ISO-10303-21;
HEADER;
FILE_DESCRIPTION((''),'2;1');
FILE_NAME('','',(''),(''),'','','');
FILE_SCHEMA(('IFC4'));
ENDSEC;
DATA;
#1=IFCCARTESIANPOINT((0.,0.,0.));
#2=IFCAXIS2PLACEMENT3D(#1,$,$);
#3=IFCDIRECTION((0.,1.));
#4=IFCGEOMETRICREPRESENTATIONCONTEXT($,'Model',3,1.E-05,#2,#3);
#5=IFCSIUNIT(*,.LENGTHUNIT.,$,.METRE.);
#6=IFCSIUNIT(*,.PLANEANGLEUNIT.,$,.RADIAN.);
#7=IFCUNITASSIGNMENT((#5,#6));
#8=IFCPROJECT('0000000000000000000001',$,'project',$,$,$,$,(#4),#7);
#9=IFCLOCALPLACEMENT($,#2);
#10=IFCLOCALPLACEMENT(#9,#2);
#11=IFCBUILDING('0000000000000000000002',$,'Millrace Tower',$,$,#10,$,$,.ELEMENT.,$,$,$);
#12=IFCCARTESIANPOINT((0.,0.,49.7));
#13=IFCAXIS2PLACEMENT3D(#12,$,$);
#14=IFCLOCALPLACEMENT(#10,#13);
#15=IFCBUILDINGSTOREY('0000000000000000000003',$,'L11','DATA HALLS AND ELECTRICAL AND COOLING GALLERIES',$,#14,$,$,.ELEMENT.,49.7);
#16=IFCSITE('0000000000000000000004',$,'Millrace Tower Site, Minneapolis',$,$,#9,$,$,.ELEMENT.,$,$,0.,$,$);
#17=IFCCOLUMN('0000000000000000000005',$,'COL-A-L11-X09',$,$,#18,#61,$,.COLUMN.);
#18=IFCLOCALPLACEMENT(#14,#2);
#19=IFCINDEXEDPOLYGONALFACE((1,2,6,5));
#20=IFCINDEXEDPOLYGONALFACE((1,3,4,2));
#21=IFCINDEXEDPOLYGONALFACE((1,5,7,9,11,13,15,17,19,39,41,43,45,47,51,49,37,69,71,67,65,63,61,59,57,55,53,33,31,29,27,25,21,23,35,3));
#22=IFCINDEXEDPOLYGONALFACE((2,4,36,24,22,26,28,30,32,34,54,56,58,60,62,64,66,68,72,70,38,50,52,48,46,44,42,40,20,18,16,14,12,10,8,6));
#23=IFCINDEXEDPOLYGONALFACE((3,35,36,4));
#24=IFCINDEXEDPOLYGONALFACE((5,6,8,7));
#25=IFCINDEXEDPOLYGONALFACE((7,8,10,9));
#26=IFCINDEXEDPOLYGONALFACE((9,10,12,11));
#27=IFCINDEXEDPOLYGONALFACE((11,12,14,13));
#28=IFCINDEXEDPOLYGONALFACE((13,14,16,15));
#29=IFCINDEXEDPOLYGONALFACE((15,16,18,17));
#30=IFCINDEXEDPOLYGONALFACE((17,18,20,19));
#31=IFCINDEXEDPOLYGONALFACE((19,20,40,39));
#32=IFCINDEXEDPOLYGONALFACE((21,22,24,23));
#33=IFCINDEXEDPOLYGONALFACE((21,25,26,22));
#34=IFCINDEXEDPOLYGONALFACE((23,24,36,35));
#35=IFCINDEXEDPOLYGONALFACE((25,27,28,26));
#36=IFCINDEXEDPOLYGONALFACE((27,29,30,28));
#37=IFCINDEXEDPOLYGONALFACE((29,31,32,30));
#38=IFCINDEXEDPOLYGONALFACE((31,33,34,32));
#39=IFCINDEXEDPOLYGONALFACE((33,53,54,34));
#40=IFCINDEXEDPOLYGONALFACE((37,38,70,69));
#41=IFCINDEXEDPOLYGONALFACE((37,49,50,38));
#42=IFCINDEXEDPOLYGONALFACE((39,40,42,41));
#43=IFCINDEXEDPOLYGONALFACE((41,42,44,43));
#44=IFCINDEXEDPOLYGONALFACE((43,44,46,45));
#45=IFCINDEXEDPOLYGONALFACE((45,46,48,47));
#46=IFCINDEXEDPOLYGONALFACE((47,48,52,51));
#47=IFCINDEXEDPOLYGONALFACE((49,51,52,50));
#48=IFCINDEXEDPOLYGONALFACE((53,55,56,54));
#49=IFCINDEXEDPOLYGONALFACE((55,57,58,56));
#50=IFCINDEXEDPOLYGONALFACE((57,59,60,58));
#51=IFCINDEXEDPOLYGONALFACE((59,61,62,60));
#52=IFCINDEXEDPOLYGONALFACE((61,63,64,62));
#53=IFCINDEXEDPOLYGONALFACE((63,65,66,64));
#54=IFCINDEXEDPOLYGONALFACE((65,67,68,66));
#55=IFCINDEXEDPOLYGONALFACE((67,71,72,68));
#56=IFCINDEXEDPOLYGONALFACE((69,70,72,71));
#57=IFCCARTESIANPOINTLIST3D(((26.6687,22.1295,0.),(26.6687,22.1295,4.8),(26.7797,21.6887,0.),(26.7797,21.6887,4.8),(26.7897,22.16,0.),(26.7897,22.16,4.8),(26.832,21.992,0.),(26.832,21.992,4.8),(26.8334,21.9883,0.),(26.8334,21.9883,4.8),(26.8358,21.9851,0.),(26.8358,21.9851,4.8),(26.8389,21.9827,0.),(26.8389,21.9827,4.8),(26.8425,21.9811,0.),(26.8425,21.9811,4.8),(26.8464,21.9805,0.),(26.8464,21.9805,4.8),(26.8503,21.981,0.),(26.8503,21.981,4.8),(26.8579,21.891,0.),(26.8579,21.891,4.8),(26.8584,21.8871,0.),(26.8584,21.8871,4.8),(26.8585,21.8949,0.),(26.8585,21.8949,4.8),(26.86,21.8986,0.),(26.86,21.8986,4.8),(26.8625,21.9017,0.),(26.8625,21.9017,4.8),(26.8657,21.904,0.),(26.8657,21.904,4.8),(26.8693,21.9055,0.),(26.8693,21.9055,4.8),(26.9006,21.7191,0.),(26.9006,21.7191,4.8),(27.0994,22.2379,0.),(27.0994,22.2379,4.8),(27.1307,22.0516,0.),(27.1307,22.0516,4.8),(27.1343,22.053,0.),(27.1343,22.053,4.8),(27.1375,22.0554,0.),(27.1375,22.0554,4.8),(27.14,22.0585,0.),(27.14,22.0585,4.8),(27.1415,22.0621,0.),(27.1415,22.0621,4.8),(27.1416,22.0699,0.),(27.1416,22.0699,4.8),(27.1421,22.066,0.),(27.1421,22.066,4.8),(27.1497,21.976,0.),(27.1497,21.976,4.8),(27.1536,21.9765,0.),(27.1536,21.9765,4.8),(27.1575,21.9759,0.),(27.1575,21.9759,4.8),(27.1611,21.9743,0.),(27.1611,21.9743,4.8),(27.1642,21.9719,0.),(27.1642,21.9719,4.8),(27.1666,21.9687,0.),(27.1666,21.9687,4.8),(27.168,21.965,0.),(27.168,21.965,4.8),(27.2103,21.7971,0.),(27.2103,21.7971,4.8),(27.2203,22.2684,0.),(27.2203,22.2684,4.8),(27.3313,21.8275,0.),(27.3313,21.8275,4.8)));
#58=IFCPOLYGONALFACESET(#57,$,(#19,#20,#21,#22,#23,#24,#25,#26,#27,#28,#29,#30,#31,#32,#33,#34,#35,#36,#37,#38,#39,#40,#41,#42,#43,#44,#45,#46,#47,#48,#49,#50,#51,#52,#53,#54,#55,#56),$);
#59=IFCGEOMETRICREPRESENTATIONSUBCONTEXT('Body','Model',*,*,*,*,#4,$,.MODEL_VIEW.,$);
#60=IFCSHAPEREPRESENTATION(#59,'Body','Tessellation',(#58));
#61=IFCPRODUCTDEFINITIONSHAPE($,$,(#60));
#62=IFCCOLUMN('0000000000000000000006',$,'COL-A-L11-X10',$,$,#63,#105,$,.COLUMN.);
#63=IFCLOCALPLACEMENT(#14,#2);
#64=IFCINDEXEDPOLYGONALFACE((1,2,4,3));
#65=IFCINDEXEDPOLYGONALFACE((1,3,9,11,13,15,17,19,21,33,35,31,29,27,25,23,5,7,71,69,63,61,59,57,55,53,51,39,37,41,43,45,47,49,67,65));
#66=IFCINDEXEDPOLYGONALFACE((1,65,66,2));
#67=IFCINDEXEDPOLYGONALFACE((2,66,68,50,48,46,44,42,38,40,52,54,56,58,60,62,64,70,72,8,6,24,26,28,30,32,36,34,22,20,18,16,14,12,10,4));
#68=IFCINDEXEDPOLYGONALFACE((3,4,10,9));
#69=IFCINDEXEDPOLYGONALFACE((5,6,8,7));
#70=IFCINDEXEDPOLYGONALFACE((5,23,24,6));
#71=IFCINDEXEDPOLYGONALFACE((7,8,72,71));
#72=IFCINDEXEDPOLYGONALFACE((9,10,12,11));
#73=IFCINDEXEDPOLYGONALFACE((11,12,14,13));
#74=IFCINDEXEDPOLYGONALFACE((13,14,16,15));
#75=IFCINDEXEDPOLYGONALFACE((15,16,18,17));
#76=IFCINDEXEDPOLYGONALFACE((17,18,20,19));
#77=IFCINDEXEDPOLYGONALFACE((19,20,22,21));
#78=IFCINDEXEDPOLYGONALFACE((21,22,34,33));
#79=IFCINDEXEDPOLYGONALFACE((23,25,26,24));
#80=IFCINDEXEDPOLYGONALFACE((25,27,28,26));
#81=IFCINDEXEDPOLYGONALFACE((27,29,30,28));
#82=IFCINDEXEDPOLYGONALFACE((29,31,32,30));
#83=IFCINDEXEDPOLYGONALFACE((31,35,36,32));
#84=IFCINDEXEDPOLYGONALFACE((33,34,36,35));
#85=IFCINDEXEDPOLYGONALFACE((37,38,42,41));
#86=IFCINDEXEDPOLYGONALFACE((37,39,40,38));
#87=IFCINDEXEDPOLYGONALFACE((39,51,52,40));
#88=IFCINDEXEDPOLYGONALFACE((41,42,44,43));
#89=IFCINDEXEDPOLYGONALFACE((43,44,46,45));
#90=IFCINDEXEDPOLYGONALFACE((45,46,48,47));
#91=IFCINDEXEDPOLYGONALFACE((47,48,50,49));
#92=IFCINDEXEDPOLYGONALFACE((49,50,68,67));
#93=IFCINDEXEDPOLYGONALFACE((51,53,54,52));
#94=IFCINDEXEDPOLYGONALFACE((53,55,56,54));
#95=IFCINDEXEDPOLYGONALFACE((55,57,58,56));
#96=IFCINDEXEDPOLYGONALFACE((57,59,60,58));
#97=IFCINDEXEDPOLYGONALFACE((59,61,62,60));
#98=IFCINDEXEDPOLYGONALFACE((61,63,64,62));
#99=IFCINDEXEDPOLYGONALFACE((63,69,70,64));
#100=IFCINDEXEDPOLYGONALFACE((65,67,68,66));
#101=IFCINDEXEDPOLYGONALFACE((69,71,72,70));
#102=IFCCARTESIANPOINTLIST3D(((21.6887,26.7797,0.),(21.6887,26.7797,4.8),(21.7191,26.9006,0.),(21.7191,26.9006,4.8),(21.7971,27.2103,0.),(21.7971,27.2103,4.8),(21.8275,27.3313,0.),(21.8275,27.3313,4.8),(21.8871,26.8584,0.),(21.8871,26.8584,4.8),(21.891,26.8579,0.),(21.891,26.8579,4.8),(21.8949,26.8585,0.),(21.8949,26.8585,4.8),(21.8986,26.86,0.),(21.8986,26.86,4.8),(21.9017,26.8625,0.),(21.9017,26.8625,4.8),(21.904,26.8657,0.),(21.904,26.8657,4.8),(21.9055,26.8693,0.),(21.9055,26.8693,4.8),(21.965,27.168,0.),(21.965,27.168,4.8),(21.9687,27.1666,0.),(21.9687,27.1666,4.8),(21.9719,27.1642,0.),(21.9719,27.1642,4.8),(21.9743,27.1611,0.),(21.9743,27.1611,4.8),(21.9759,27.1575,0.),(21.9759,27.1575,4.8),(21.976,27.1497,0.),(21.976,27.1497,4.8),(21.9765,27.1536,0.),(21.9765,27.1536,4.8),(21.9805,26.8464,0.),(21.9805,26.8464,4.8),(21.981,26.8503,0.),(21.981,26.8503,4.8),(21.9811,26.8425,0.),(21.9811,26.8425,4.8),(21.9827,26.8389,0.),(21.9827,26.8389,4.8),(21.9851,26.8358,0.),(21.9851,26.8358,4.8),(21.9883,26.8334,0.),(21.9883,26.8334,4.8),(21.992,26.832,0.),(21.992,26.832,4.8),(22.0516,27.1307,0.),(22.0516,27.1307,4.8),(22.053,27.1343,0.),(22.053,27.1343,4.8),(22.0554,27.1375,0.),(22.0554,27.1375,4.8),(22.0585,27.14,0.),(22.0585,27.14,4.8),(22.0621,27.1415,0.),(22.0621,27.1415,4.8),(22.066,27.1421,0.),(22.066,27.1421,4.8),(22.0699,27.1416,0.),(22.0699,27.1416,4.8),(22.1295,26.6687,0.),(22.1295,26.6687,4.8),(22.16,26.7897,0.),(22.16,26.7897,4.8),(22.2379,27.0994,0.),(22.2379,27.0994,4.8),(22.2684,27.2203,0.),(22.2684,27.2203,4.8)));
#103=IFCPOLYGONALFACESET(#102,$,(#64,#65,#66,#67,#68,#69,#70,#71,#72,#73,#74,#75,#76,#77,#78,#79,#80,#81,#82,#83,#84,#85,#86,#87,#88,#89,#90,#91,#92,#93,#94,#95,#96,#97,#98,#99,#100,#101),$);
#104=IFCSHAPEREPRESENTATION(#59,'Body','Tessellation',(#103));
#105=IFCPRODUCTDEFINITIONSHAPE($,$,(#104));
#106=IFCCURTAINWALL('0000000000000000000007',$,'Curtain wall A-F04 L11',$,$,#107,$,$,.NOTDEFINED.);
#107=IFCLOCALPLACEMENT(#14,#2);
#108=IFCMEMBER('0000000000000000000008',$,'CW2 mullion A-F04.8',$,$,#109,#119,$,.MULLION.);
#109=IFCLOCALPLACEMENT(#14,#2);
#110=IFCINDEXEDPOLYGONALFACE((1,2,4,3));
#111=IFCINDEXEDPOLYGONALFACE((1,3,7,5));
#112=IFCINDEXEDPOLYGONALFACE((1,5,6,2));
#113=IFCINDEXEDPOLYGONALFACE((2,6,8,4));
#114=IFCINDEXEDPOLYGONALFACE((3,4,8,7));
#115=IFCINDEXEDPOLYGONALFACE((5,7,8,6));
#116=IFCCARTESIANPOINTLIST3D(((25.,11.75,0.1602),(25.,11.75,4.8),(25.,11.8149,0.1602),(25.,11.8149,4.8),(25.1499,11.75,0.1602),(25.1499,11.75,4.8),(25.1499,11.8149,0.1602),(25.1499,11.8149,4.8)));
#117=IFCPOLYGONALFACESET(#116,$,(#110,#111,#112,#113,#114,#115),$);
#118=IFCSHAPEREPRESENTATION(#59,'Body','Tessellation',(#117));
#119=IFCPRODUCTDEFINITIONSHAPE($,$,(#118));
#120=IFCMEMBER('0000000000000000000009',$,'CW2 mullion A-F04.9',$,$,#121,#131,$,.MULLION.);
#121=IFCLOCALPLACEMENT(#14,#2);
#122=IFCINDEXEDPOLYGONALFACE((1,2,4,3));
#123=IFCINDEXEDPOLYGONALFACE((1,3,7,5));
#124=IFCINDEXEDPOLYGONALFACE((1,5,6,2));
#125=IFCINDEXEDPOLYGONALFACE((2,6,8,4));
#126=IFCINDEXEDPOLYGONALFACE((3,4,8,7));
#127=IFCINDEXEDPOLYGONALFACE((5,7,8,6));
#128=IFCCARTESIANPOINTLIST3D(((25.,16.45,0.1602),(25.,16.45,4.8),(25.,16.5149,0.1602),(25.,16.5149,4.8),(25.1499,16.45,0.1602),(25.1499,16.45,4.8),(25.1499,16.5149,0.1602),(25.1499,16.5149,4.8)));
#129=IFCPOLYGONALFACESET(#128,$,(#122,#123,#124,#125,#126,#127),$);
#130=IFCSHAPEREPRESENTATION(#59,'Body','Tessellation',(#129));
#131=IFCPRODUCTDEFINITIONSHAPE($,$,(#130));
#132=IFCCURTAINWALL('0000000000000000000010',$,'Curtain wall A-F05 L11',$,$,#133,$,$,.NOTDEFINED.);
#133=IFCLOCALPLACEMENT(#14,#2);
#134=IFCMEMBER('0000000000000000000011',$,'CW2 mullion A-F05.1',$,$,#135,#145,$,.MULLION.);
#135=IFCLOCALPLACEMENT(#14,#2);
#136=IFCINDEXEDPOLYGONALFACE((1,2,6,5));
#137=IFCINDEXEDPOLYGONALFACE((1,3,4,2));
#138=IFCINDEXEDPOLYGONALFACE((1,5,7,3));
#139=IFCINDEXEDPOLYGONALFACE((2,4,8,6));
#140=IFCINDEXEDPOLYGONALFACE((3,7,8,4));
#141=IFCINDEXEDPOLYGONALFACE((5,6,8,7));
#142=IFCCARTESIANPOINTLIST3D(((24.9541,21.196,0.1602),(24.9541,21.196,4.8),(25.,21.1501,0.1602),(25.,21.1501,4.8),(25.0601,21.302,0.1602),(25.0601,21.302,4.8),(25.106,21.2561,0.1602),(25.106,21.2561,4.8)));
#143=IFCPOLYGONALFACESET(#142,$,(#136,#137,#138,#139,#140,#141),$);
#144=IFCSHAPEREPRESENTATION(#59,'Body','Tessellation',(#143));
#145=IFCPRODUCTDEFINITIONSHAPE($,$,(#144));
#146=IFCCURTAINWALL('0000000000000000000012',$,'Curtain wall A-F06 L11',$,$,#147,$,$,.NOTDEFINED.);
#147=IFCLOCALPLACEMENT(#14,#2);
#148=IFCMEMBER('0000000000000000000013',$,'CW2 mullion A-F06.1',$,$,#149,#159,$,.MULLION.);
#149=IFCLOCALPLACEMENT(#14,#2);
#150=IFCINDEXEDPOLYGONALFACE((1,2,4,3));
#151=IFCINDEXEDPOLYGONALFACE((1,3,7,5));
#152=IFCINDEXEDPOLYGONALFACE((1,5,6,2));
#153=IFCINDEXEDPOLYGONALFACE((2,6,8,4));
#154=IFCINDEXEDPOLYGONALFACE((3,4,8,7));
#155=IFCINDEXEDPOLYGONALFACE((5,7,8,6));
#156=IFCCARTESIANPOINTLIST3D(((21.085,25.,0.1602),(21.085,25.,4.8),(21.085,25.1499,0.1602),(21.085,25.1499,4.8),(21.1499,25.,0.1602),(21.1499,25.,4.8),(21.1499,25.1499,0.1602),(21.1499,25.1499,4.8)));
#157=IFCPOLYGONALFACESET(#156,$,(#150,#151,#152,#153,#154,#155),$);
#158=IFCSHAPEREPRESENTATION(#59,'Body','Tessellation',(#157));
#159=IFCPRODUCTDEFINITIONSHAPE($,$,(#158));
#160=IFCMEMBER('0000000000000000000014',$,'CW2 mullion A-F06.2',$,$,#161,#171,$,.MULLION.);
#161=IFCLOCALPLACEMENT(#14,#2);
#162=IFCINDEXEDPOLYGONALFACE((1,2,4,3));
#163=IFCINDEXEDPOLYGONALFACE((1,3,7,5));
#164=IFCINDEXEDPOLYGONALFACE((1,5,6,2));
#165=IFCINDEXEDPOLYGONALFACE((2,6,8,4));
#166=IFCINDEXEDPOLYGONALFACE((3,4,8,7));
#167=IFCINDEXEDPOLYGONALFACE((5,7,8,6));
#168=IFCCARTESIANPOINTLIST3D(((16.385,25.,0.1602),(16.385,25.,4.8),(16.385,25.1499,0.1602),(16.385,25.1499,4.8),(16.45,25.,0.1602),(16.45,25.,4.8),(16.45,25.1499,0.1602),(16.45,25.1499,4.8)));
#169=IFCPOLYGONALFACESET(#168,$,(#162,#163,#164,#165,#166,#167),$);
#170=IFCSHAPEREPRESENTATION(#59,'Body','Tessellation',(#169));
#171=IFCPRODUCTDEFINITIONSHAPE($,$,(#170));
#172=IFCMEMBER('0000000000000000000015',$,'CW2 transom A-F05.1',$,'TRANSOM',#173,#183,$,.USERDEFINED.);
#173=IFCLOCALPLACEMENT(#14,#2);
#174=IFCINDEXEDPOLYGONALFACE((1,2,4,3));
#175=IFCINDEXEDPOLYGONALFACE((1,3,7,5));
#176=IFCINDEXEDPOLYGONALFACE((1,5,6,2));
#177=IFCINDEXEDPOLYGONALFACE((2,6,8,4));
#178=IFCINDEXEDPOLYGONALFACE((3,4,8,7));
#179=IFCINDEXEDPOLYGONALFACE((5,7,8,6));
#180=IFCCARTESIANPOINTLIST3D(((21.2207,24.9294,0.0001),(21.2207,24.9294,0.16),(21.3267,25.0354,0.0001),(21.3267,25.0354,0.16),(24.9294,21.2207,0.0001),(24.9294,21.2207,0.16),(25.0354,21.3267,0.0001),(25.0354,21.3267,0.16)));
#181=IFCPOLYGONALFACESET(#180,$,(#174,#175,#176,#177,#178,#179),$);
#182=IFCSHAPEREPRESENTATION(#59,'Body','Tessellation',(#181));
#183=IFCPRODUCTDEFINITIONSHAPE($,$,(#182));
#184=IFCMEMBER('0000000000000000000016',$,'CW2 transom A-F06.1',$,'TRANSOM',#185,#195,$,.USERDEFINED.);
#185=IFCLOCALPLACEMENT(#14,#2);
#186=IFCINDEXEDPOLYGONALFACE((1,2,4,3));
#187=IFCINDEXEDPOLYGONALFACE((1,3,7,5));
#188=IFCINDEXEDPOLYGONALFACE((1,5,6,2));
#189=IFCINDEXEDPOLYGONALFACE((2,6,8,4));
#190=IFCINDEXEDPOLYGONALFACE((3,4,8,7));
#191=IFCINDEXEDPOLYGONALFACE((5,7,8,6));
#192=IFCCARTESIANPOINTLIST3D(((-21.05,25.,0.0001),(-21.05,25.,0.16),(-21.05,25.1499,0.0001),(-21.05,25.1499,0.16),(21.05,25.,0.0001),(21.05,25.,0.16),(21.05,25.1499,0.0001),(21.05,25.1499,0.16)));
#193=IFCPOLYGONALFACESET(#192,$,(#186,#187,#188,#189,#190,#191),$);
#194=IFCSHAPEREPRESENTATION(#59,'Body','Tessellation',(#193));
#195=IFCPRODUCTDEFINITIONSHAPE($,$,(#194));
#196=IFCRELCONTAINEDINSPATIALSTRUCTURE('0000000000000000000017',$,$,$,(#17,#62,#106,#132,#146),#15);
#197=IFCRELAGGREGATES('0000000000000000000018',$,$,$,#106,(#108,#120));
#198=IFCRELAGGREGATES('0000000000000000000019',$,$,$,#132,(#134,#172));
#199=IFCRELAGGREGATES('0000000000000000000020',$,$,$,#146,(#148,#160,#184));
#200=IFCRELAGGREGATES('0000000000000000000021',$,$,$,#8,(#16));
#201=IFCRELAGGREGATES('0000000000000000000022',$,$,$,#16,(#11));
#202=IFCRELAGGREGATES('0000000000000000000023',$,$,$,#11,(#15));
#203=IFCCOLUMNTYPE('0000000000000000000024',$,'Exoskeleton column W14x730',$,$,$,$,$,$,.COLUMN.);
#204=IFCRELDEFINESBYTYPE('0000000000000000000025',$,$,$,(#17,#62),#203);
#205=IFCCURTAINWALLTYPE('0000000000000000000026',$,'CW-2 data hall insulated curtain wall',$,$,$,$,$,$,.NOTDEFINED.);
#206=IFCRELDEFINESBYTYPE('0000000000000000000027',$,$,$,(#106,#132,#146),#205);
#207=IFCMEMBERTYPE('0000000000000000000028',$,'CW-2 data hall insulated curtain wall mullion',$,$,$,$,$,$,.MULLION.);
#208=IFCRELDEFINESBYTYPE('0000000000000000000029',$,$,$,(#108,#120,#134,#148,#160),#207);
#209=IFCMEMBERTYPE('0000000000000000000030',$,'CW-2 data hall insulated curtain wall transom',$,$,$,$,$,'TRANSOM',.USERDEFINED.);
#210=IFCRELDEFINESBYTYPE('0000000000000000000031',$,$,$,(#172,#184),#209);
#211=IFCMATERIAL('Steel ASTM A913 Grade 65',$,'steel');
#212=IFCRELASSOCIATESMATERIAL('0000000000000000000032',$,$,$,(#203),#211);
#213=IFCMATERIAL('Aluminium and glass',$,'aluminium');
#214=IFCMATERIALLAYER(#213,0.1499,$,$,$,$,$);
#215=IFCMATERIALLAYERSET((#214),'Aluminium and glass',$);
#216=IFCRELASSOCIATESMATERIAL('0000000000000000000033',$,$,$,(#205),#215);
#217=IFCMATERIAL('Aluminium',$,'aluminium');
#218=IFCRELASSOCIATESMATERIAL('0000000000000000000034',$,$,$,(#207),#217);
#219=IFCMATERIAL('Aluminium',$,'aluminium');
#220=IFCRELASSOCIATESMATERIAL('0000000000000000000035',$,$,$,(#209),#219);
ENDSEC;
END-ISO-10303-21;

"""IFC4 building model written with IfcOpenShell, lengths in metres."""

from ifc_helpers import new_model, si_unit, direction, frame, origin, origin_2d, place, context, subcontext, project, spatial, rectangle, i_section, extrude, material, layer, layer_set, material_profile, profile_set, type_object, element, aggregate, save


model = new_model("IFC4")

# Units and contexts
model_context = context("Model", 3, precision=1e-05, world=origin(), true_north=direction((0.0, 1.0)))
body_context = subcontext(model_context, "Body", "Model", "MODEL_VIEW")
ifc_project = project(units=[si_unit("LENGTHUNIT", "METRE"), si_unit("PLANEANGLEUNIT", "RADIAN")], contexts=[model_context])

# Site, building, storey
site_placement = place(None, origin())
site = spatial("IfcSite", under=ifc_project, at=site_placement, Name="Millrace Tower Site, Minneapolis", CompositionType="ELEMENT", RefElevation=0.0)
building_placement = place(site_placement, origin())
building = spatial("IfcBuilding", under=site, at=building_placement, Name="Millrace Tower", CompositionType="ELEMENT")
storey_placement = place(building_placement, frame((0.0, 0.0, 49.7)))
storey = spatial("IfcBuildingStorey", under=building, at=storey_placement, Name="L11", Description="DATA HALLS AND ELECTRICAL AND COOLING GALLERIES", CompositionType="ELEMENT", Elevation=49.7)

# Columns
ifc_material_1 = material(Name="Steel ASTM A913 Grade 65", Category="steel")
ifc_material_profile_1 = material_profile(ifc_material_1, i_section(OverallWidth=0.4546, OverallDepth=0.5688, WebThickness=0.0779, FlangeThickness=0.1248, FilletRadius=0.0151, at=origin_2d()))
ifc_profile_set_1 = profile_set([ifc_material_profile_1], Name="Steel ASTM A913 Grade 65")
column_type = type_object("IfcColumnType", Name="Exoskeleton column W14x730", PredefinedType="COLUMN", material=ifc_profile_set_1)
for number, where, z_axis, x_axis, name in (
    (1, (27.0, 21.9785, 0.0), (0.0, 0.0, 1.0), (-0.244094, 0.969752, 0.0), "COL-A-L11-X09"),
    (2, (21.9785, 27.0, 0.0), (0.0, 0.0, 1.0), (-0.969752, 0.244094, 0.0), "COL-A-L11-X10"),
):
    element("IfcColumn", number, at=place(storey_placement, frame(where, z_axis=z_axis, x_axis=x_axis)), inside=storey, type_object=column_type, Name=name, PredefinedType="COLUMN", context=body_context, shape_type="SweptSolid", body=[
        extrude(i_section(OverallWidth=0.4546, OverallDepth=0.5688, WebThickness=0.0779, FlangeThickness=0.1248, FilletRadius=0.0151, at=origin_2d()), origin(), (0.0, 0.0, 1.0), 4.8),
    ])

# Curtain wall, members
ifc_material_2 = material(Name="Aluminium and glass", Category="aluminium")
ifc_layer_1 = layer(ifc_material_2, 0.1499)
ifc_layer_set_1 = layer_set([ifc_layer_1], Name="Aluminium and glass")
curtain_wall_type = type_object("IfcCurtainWallType", Name="CW-2 data hall insulated curtain wall", PredefinedType="NOTDEFINED", material=ifc_layer_set_1)
placement = place(storey_placement, origin())
curtain_wall_1 = element("IfcCurtainWall", 3, at=placement, inside=storey, type_object=curtain_wall_type, Name="Curtain wall A-F04 L11", PredefinedType="NOTDEFINED")
ifc_material_3 = material(Name="Aluminium", Category="aluminium")
ifc_material_profile_2 = material_profile(ifc_material_3, rectangle(XDim=0.0649, YDim=0.1499, at=origin_2d()))
ifc_profile_set_2 = profile_set([ifc_material_profile_2], Name="Aluminium")
member_type_1 = type_object("IfcMemberType", Name="CW-2 data hall insulated curtain wall mullion", PredefinedType="MULLION", material=ifc_profile_set_2)
member_1_placement = place(storey_placement, frame((25.075, 11.7825, 0.1602), z_axis=(0.0, 0.0, 1.0), x_axis=(0.0, 1.0, 0.0)))
member_1 = element("IfcMember", 4, at=member_1_placement, type_object=member_type_1, Name="CW2 mullion A-F04.8", PredefinedType="MULLION", context=body_context, shape_type="SweptSolid", body=[
    extrude(rectangle(XDim=0.0649, YDim=0.1499, at=origin_2d()), origin(), (0.0, 0.0, 1.0), 4.6399),
])
member_2_placement = place(storey_placement, frame((25.075, 16.4824, 0.1602), z_axis=(0.0, 0.0, 1.0), x_axis=(0.0, 1.0, 0.0)))
member_2 = element("IfcMember", 5, at=member_2_placement, type_object=member_type_1, Name="CW2 mullion A-F04.9", PredefinedType="MULLION", context=body_context, shape_type="SweptSolid", body=[
    extrude(rectangle(XDim=0.0649, YDim=0.1499, at=origin_2d()), origin(), (0.0, 0.0, 1.0), 4.6399),
])
aggregate(curtain_wall_1, [member_1, member_2])

# Curtain wall, member
curtain_wall_2 = element("IfcCurtainWall", 6, at=placement, inside=storey, type_object=curtain_wall_type, Name="Curtain wall A-F05 L11", PredefinedType="NOTDEFINED")
member_3_placement = place(storey_placement, frame((25.03, 21.2261, 0.1602), z_axis=(0.0, 0.0, 1.0), x_axis=(-0.707107, 0.707107, 0.0)))
member_3 = element("IfcMember", 7, at=member_3_placement, type_object=member_type_1, Name="CW2 mullion A-F05.1", PredefinedType="MULLION", context=body_context, shape_type="SweptSolid", body=[
    extrude(rectangle(XDim=0.0649, YDim=0.1499, at=origin_2d()), origin(), (0.0, 0.0, 1.0), 4.6399),
])

# Curtain wall, members
curtain_wall_3 = element("IfcCurtainWall", 8, at=placement, inside=storey, type_object=curtain_wall_type, Name="Curtain wall A-F06 L11", PredefinedType="NOTDEFINED")
member_4_placement = place(storey_placement, frame((21.1174, 25.075, 0.1602), z_axis=(0.0, 0.0, 1.0), x_axis=(-1.0, 0.0, 0.0)))
member_4 = element("IfcMember", 9, at=member_4_placement, type_object=member_type_1, Name="CW2 mullion A-F06.1", PredefinedType="MULLION", context=body_context, shape_type="SweptSolid", body=[
    extrude(rectangle(XDim=0.0649, YDim=0.1499, at=origin_2d()), origin(), (0.0, 0.0, 1.0), 4.6399),
])
member_5_placement = place(storey_placement, frame((16.4175, 25.075, 0.1602), z_axis=(0.0, 0.0, 1.0), x_axis=(-1.0, 0.0, 0.0)))
member_5 = element("IfcMember", 10, at=member_5_placement, type_object=member_type_1, Name="CW2 mullion A-F06.2", PredefinedType="MULLION", context=body_context, shape_type="SweptSolid", body=[
    extrude(rectangle(XDim=0.0649, YDim=0.1499, at=origin_2d()), origin(), (0.0, 0.0, 1.0), 4.6399),
])

# Members
ifc_material_4 = material(Name="Aluminium", Category="aluminium")
ifc_material_profile_3 = material_profile(ifc_material_4, rectangle(XDim=0.1499, YDim=0.1599, at=origin_2d()))
ifc_profile_set_3 = profile_set([ifc_material_profile_3], Name="Aluminium")
member_type_2 = type_object("IfcMemberType", Name="CW-2 data hall insulated curtain wall transom", ElementType="TRANSOM", PredefinedType="USERDEFINED", material=ifc_profile_set_3)
member_6_placement = place(storey_placement, frame((24.9824, 21.2737, 0.0801), z_axis=(-0.707107, 0.707107, 0.0), x_axis=(-0.707107, -0.707107, 0.0)))
member_6 = element("IfcMember", 11, at=member_6_placement, type_object=member_type_2, Name="CW2 transom A-F05.1", ObjectType="TRANSOM", PredefinedType="USERDEFINED", context=body_context, shape_type="SweptSolid", body=[
    extrude(rectangle(XDim=0.1499, YDim=0.1599, at=origin_2d()), origin(), (0.0, 0.0, 1.0), 5.2449),
])
aggregate(curtain_wall_2, [member_3, member_6])
member_7_placement = place(storey_placement, frame((21.05, 25.075, 0.0801), z_axis=(-1.0, 0.0, 0.0), x_axis=(0.0, -1.0, 0.0)))
member_7 = element("IfcMember", 12, at=member_7_placement, type_object=member_type_2, Name="CW2 transom A-F06.1", ObjectType="TRANSOM", PredefinedType="USERDEFINED", context=body_context, shape_type="SweptSolid", body=[
    extrude(rectangle(XDim=0.1499, YDim=0.1599, at=origin_2d()), origin(), (0.0, 0.0, 1.0), 42.1001),
])
aggregate(curtain_wall_3, [member_4, member_5, member_7])

save(model, "model.ifc")
